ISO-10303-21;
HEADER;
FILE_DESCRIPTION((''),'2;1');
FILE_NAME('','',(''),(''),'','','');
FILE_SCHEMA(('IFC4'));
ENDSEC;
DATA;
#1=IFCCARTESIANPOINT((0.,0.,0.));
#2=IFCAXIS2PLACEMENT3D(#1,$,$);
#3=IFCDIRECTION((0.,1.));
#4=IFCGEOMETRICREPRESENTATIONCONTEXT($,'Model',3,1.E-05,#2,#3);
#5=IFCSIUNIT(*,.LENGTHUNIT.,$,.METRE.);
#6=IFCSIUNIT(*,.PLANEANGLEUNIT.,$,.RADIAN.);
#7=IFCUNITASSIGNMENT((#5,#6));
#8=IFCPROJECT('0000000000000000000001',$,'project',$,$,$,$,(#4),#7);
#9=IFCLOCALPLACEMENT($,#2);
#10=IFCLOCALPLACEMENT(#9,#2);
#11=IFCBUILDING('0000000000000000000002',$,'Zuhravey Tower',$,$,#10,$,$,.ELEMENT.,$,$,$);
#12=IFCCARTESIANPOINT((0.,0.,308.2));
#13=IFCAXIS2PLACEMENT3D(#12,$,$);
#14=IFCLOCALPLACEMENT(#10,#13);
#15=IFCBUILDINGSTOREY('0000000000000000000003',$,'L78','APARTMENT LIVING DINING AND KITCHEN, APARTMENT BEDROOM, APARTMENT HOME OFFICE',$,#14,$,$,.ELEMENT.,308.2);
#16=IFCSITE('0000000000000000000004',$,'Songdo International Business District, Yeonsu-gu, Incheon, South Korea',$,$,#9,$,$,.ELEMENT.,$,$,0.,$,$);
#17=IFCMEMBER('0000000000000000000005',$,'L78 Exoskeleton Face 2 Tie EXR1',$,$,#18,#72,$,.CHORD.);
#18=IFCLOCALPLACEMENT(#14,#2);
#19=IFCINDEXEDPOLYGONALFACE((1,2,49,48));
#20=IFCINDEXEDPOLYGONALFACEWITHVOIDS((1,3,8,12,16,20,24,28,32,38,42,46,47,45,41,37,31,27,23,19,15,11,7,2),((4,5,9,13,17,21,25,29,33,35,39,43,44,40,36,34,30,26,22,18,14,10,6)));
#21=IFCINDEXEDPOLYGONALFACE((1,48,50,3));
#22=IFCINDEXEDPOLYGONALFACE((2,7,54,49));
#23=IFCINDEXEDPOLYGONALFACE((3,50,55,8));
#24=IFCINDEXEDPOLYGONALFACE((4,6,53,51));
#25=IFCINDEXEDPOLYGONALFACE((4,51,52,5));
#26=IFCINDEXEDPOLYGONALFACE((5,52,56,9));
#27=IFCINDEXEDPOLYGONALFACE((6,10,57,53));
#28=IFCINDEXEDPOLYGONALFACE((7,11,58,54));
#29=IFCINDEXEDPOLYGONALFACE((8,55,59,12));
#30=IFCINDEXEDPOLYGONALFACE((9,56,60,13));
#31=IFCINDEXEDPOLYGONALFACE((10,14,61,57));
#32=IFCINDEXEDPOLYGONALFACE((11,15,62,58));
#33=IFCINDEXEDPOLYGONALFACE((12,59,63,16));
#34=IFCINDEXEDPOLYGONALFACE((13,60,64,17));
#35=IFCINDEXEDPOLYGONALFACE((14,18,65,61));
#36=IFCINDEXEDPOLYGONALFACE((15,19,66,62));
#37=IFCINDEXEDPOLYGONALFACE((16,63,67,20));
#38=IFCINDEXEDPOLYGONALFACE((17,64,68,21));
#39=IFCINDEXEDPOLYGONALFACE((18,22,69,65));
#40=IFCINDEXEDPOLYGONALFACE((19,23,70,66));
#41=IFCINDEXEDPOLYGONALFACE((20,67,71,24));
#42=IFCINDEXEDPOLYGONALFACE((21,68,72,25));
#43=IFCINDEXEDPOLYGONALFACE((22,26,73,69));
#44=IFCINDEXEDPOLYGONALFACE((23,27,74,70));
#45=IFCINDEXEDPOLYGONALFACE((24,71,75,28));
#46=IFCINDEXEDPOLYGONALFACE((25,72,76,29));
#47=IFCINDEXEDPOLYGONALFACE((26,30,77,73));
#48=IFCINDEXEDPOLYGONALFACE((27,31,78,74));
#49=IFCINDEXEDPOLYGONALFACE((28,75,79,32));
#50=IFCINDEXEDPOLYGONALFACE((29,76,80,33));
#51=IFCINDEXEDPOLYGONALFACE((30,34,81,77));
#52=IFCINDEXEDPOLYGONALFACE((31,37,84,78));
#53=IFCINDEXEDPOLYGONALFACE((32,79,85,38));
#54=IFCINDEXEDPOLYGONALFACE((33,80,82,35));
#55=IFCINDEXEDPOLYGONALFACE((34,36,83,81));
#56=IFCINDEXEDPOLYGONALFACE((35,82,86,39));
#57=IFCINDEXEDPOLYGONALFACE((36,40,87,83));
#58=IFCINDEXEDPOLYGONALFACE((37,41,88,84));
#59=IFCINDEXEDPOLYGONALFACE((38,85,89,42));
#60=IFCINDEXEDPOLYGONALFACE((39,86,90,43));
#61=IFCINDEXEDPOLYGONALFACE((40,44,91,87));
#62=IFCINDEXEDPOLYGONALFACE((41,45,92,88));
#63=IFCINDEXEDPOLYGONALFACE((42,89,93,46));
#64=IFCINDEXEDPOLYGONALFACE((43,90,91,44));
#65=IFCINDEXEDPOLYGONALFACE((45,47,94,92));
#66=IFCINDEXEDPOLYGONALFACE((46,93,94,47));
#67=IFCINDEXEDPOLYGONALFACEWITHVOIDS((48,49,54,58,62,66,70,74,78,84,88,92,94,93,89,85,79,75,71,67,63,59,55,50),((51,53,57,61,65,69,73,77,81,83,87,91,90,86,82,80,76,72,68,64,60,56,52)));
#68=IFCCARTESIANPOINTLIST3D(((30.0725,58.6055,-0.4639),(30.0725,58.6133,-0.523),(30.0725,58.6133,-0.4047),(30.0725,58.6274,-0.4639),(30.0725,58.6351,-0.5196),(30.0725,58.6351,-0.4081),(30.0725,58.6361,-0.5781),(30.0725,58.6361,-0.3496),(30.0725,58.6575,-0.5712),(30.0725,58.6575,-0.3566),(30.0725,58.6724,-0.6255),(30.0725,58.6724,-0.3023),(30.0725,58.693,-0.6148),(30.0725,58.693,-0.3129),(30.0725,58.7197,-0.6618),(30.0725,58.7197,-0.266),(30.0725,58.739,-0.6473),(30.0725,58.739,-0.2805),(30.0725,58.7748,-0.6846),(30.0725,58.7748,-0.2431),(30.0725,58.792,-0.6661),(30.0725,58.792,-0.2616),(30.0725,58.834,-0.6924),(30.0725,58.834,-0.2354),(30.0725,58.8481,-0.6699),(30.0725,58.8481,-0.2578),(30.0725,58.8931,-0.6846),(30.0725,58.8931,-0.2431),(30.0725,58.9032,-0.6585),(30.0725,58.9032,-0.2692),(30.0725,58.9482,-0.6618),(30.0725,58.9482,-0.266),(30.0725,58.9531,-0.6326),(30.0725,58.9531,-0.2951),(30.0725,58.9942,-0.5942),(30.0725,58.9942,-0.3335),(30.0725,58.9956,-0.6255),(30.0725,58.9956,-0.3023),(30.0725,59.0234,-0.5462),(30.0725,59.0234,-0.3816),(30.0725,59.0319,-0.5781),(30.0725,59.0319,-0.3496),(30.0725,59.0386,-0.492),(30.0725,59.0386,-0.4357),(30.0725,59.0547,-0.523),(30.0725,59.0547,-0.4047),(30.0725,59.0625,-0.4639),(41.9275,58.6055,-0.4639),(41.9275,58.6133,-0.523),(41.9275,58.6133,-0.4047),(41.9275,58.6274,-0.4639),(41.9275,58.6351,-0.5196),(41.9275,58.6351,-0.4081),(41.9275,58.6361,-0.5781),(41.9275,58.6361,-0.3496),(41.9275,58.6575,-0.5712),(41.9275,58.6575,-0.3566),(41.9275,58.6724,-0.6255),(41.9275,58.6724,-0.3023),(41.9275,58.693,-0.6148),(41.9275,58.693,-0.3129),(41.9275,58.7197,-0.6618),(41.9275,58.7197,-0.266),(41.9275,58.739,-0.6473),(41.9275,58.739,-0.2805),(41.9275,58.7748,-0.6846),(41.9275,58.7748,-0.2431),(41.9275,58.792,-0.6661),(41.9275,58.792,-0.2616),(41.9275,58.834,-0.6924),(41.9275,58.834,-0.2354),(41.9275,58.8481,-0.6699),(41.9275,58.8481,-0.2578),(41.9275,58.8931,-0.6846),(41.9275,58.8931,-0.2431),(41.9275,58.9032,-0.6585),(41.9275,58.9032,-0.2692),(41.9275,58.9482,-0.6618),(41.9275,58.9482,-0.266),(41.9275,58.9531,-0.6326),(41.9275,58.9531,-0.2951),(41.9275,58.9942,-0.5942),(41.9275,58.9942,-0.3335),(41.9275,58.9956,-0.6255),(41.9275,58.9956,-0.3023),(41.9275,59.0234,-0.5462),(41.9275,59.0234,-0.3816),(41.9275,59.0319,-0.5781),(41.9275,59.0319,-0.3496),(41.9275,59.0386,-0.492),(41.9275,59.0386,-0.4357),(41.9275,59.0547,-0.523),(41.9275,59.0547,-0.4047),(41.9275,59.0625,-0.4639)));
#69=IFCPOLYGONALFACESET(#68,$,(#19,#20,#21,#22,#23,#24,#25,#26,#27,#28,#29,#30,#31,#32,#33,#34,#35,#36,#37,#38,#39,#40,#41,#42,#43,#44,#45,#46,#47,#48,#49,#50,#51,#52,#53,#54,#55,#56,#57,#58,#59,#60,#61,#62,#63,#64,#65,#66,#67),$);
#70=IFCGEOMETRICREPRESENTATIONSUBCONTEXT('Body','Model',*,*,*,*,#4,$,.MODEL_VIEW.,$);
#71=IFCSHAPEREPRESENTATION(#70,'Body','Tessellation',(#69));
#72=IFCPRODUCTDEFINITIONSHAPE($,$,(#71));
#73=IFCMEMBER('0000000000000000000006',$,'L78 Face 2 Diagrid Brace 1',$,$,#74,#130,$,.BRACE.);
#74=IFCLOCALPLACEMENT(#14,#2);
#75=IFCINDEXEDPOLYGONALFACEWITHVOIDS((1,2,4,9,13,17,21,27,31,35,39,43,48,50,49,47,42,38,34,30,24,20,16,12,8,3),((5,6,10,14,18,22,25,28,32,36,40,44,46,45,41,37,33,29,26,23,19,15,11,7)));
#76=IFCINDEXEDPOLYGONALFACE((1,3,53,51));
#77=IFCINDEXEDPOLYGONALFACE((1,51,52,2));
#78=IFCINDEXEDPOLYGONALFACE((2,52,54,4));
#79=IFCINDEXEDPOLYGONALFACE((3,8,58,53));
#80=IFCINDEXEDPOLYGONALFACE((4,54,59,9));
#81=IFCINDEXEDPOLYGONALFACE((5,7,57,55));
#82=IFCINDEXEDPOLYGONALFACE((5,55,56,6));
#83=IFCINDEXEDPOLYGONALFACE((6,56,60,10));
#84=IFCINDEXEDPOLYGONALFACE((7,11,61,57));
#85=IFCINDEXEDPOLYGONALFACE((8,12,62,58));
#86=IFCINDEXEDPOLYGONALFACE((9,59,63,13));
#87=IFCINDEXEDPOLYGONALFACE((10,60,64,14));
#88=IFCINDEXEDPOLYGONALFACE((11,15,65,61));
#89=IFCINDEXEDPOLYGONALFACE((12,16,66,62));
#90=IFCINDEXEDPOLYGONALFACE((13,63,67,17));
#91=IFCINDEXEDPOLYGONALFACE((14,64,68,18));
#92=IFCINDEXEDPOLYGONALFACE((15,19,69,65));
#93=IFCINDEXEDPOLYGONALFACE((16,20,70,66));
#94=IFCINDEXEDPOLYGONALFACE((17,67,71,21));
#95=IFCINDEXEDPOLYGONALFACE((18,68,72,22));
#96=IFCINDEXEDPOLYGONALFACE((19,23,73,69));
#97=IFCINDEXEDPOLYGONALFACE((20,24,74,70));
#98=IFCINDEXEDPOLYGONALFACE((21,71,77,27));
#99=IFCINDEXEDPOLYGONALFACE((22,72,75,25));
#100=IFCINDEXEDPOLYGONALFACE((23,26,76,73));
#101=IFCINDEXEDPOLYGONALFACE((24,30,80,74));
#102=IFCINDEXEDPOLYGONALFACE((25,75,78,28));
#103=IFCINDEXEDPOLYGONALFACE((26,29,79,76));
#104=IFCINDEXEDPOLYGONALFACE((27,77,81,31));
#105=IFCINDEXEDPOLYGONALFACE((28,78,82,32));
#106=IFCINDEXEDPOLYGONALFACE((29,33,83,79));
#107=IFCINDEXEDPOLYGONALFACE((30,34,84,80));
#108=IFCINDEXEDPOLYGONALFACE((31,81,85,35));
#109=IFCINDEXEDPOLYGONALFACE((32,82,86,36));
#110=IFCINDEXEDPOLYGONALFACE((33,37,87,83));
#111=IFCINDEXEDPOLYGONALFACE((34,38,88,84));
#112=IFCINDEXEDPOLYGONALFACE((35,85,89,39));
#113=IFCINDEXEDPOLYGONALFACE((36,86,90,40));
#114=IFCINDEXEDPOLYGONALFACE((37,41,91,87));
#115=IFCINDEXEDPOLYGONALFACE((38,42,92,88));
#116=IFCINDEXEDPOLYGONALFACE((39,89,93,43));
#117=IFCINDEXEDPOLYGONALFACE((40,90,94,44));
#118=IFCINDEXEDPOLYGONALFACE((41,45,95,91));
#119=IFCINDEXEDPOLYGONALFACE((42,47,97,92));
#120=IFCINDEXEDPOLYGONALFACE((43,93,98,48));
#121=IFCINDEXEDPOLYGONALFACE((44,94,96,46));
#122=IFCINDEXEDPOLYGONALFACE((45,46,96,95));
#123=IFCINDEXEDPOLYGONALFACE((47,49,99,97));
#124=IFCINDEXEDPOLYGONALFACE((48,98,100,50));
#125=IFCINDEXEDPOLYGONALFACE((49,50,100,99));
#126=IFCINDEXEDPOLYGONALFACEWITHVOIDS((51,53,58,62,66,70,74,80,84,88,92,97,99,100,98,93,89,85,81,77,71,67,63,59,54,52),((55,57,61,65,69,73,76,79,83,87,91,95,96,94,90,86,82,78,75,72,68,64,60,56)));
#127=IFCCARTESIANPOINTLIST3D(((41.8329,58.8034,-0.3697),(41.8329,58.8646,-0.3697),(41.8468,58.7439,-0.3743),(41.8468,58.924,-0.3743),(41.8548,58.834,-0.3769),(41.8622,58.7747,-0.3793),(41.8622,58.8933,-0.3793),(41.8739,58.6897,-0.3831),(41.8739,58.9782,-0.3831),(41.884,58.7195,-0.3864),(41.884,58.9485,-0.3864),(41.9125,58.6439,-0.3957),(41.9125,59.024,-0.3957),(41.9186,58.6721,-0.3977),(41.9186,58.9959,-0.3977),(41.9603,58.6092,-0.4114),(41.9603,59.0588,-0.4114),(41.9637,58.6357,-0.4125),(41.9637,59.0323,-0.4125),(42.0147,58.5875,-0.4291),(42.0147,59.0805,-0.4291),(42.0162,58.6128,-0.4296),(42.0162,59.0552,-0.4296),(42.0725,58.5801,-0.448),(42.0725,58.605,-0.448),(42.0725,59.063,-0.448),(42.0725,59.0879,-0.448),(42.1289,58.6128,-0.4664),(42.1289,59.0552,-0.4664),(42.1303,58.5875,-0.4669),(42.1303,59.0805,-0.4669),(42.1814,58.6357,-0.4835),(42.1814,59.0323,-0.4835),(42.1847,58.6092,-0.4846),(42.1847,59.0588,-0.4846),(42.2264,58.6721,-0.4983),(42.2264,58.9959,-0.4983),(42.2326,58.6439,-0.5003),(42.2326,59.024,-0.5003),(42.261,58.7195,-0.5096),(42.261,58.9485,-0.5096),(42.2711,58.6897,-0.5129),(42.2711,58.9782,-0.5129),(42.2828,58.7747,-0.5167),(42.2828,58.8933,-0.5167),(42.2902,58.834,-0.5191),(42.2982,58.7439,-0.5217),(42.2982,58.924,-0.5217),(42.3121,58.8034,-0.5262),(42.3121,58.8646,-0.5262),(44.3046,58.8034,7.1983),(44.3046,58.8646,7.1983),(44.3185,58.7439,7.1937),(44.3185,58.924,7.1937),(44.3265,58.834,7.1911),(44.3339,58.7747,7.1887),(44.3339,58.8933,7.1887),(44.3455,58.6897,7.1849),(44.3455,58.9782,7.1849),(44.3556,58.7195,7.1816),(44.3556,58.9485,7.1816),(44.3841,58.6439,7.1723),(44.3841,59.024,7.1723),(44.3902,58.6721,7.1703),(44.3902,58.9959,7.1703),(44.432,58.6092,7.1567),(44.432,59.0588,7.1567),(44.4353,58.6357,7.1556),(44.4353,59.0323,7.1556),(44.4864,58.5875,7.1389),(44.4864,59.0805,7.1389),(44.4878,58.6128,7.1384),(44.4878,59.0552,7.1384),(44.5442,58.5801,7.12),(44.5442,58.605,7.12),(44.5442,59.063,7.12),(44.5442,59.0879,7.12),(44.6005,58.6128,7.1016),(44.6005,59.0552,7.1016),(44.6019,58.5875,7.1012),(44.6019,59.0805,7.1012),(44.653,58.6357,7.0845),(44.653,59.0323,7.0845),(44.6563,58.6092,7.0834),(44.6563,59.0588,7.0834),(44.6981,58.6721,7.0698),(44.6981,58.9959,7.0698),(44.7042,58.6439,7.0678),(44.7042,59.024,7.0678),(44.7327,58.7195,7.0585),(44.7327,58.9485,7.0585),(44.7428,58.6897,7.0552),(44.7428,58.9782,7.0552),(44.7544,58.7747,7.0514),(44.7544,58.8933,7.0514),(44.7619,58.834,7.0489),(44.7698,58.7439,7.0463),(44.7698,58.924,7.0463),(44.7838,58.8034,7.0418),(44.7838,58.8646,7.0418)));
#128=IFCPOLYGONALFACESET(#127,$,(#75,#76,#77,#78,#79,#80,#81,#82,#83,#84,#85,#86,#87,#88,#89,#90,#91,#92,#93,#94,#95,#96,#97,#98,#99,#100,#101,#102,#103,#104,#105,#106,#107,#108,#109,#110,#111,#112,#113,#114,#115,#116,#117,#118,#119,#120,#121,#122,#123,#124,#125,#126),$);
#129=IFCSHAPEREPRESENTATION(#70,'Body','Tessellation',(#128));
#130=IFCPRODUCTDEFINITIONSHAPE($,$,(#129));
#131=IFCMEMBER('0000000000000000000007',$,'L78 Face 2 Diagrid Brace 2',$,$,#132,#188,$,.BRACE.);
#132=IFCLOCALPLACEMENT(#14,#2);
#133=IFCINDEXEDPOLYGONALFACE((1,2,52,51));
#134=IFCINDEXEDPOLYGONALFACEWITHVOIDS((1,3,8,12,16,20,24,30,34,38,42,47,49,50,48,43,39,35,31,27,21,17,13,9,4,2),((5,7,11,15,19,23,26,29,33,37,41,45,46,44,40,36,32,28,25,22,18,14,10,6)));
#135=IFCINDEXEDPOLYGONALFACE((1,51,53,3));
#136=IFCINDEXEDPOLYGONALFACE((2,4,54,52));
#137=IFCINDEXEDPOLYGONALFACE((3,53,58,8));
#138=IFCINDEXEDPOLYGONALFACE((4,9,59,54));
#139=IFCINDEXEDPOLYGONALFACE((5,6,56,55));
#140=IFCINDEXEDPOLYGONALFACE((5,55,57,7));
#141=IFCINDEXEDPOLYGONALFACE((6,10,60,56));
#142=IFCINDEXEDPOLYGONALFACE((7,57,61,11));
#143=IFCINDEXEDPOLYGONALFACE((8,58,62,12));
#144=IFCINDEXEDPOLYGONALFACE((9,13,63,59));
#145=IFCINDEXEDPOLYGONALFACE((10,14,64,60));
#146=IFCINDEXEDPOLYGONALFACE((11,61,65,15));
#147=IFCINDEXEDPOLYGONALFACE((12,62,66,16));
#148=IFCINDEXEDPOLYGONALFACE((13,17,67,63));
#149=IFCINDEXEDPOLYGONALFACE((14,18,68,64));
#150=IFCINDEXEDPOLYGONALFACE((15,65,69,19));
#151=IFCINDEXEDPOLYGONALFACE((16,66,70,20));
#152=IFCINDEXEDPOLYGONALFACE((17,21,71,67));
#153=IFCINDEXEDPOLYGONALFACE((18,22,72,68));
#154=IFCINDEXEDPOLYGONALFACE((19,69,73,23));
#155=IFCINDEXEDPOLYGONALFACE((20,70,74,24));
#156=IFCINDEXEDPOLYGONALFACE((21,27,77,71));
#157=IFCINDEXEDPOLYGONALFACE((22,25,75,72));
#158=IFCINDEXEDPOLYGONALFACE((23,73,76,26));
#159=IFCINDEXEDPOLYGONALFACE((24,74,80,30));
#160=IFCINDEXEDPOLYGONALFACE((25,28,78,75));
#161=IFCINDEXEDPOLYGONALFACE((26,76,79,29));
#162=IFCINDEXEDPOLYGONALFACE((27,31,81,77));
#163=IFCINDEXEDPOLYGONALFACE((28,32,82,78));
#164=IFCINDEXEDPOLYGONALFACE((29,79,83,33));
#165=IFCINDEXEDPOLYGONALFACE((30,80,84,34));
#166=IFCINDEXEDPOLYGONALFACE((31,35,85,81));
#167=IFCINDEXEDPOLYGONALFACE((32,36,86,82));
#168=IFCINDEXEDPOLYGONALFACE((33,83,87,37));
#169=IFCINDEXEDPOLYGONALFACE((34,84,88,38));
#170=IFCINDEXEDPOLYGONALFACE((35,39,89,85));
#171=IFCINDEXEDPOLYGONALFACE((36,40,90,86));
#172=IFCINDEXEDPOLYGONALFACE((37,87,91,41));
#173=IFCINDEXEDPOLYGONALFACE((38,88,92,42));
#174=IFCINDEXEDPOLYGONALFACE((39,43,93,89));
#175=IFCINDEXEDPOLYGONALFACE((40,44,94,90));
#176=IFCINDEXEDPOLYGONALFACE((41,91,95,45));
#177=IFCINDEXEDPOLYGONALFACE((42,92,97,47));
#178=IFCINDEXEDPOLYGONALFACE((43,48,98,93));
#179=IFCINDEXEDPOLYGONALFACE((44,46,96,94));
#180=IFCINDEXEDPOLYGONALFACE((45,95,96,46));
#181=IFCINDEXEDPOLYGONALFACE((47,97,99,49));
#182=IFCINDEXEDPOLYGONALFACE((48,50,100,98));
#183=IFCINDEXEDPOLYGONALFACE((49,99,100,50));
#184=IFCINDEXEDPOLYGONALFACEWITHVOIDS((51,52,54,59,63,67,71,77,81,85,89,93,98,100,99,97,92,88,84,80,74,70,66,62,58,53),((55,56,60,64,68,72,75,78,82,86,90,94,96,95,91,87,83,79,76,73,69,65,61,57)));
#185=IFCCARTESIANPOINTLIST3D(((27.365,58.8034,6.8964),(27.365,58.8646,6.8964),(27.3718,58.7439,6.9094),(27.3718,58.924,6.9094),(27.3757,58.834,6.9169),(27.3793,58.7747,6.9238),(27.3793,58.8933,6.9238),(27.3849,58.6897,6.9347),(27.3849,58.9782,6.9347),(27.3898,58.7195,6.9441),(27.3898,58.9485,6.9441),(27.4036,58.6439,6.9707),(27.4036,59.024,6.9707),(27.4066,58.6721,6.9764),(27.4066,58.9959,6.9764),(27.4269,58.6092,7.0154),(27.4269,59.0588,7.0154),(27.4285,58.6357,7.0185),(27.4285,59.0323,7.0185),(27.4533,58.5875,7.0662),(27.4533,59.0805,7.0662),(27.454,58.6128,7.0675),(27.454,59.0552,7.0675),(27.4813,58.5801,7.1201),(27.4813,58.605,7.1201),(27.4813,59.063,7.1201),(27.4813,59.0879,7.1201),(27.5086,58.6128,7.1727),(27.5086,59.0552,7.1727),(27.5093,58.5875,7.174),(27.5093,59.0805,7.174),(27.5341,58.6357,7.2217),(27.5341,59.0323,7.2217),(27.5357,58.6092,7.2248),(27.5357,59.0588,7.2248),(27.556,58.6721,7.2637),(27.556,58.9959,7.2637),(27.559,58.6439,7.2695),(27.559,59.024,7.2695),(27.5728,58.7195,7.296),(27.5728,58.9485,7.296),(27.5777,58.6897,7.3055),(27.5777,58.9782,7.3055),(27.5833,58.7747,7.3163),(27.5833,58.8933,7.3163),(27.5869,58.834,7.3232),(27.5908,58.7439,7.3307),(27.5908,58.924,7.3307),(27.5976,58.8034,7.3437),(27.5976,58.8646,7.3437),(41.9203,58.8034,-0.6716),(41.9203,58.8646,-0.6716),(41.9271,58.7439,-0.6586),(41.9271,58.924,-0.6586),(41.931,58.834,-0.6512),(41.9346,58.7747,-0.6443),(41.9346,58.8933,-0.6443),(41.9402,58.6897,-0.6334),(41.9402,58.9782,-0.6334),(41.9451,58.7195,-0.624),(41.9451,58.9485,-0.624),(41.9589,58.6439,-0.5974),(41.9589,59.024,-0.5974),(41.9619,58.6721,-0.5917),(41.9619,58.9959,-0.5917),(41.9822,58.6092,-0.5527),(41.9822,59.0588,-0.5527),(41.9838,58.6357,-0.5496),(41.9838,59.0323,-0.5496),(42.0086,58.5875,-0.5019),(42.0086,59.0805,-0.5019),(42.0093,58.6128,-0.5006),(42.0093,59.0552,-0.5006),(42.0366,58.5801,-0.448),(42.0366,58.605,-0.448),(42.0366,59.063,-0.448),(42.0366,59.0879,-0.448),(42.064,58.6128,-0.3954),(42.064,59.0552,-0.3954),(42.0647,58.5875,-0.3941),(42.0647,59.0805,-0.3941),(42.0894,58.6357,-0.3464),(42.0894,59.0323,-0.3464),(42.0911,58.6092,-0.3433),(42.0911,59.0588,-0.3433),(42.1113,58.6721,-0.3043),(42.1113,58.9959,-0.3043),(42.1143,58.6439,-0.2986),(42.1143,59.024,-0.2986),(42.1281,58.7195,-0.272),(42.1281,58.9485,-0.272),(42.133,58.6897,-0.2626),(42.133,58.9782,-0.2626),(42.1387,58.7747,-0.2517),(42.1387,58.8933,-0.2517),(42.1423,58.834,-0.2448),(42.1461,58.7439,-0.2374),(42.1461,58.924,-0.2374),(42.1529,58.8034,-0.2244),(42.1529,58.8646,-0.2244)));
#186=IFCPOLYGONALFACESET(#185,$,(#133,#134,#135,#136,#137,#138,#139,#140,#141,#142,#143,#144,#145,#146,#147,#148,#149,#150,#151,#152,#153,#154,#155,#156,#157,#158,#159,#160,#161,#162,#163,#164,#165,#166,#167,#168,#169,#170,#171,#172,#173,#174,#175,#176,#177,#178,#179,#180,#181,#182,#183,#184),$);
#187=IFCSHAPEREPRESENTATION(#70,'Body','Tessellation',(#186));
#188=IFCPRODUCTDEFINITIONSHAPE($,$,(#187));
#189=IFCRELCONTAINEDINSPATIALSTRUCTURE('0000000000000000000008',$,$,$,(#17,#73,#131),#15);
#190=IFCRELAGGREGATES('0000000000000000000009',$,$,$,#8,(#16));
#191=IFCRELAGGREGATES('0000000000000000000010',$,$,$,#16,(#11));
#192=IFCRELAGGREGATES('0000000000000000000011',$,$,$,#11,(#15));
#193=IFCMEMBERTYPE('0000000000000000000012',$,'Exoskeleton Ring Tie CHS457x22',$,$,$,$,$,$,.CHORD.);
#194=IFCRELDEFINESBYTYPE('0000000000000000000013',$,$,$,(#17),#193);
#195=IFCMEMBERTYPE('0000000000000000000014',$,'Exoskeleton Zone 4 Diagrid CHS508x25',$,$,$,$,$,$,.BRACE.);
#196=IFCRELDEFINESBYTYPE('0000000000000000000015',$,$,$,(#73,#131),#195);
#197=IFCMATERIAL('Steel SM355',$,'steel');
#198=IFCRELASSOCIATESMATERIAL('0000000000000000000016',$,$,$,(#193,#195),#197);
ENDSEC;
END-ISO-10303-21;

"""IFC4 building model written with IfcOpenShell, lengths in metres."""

from ifc_helpers import new_model, si_unit, direction, frame, origin, origin_2d, place, context, subcontext, project, spatial, hollow_circle, extrude, material, material_profile, profile_set, type_object, element, save


model = new_model("IFC4")

# Units and contexts
model_context = context("Model", 3, precision=1e-05, world=origin(), true_north=direction((0.0, 1.0)))
body_context = subcontext(model_context, "Body", "Model", "MODEL_VIEW")
ifc_project = project(units=[si_unit("LENGTHUNIT", "METRE"), si_unit("PLANEANGLEUNIT", "RADIAN")], contexts=[model_context])

# Site, building, storey
site_placement = place(None, origin())
site = spatial("IfcSite", under=ifc_project, at=site_placement, Name="Songdo International Business District, Yeonsu-gu, Incheon, South Korea", CompositionType="ELEMENT", RefElevation=0.0)
building_placement = place(site_placement, origin())
building = spatial("IfcBuilding", under=site, at=building_placement, Name="Zuhravey Tower", CompositionType="ELEMENT")
storey_placement = place(building_placement, frame((0.0, 0.0, 308.2)))
storey = spatial("IfcBuildingStorey", under=building, at=storey_placement, Name="L78", Description="APARTMENT LIVING DINING AND KITCHEN, APARTMENT BEDROOM, APARTMENT HOME OFFICE", CompositionType="ELEMENT", Elevation=308.2)

# Members
ifc_material_1 = material(Name="Steel SM355", Category="steel")
ifc_material_profile_1 = material_profile(ifc_material_1, hollow_circle(Radius=0.2285, WallThickness=0.022, at=origin_2d()), Name="CHS-457.2x22")
ifc_profile_set_1 = profile_set([ifc_material_profile_1], Name="Steel SM355")
member_type_1 = type_object("IfcMemberType", Name="Exoskeleton Ring Tie CHS457x22", PredefinedType="CHORD", material=ifc_profile_set_1)
member_1_placement = place(storey_placement, frame((41.9275, 58.834, -0.4639), z_axis=(-1.0, 0.0, 0.0), x_axis=(0.0, -1.0, 0.0)))
element("IfcMember", 1, at=member_1_placement, inside=storey, type_object=member_type_1, Name="L78 Exoskeleton Face 2 Tie EXR1", PredefinedType="CHORD", context=body_context, shape_type="SweptSolid", body=[
    extrude(hollow_circle(Radius=0.2285, WallThickness=0.022, at=origin_2d()), origin(), (0.0, 0.0, 1.0), 11.855),
])
ifc_material_profile_2 = material_profile(ifc_material_1, hollow_circle(Radius=0.2539, WallThickness=0.0249, at=origin_2d()), Name="CHS-508.0x25")
ifc_profile_set_2 = profile_set([ifc_material_profile_2], Name="Steel SM355")
member_type_2 = type_object("IfcMemberType", Name="Exoskeleton Zone 4 Diagrid CHS508x25", PredefinedType="BRACE", material=ifc_profile_set_2)
member_2_placement = place(storey_placement, frame((42.0725, 58.834, -0.448), z_axis=(0.310454, 0.0, 0.950588), x_axis=(0.0, 1.0, 0.0)))
element("IfcMember", 2, at=member_2_placement, inside=storey, type_object=member_type_2, Name="L78 Face 2 Diagrid Brace 1", PredefinedType="BRACE", context=body_context, shape_type="SweptSolid", body=[
    extrude(hollow_circle(Radius=0.2539, WallThickness=0.0249, at=origin_2d()), origin(), (0.0, 0.0, 1.0), 7.9614),
])
member_3_placement = place(storey_placement, frame((42.0366, 58.834, -0.448), z_axis=(-0.887234, 0.0, 0.461319), x_axis=(0.0, -1.0, 0.0)))
element("IfcMember", 3, at=member_3_placement, inside=storey, type_object=member_type_2, Name="L78 Face 2 Diagrid Brace 2", PredefinedType="BRACE", context=body_context, shape_type="SweptSolid", body=[
    extrude(hollow_circle(Radius=0.2539, WallThickness=0.0249, at=origin_2d()), origin(), (0.0, 0.0, 1.0), 16.4053),
])

save(model, "model.ifc")
